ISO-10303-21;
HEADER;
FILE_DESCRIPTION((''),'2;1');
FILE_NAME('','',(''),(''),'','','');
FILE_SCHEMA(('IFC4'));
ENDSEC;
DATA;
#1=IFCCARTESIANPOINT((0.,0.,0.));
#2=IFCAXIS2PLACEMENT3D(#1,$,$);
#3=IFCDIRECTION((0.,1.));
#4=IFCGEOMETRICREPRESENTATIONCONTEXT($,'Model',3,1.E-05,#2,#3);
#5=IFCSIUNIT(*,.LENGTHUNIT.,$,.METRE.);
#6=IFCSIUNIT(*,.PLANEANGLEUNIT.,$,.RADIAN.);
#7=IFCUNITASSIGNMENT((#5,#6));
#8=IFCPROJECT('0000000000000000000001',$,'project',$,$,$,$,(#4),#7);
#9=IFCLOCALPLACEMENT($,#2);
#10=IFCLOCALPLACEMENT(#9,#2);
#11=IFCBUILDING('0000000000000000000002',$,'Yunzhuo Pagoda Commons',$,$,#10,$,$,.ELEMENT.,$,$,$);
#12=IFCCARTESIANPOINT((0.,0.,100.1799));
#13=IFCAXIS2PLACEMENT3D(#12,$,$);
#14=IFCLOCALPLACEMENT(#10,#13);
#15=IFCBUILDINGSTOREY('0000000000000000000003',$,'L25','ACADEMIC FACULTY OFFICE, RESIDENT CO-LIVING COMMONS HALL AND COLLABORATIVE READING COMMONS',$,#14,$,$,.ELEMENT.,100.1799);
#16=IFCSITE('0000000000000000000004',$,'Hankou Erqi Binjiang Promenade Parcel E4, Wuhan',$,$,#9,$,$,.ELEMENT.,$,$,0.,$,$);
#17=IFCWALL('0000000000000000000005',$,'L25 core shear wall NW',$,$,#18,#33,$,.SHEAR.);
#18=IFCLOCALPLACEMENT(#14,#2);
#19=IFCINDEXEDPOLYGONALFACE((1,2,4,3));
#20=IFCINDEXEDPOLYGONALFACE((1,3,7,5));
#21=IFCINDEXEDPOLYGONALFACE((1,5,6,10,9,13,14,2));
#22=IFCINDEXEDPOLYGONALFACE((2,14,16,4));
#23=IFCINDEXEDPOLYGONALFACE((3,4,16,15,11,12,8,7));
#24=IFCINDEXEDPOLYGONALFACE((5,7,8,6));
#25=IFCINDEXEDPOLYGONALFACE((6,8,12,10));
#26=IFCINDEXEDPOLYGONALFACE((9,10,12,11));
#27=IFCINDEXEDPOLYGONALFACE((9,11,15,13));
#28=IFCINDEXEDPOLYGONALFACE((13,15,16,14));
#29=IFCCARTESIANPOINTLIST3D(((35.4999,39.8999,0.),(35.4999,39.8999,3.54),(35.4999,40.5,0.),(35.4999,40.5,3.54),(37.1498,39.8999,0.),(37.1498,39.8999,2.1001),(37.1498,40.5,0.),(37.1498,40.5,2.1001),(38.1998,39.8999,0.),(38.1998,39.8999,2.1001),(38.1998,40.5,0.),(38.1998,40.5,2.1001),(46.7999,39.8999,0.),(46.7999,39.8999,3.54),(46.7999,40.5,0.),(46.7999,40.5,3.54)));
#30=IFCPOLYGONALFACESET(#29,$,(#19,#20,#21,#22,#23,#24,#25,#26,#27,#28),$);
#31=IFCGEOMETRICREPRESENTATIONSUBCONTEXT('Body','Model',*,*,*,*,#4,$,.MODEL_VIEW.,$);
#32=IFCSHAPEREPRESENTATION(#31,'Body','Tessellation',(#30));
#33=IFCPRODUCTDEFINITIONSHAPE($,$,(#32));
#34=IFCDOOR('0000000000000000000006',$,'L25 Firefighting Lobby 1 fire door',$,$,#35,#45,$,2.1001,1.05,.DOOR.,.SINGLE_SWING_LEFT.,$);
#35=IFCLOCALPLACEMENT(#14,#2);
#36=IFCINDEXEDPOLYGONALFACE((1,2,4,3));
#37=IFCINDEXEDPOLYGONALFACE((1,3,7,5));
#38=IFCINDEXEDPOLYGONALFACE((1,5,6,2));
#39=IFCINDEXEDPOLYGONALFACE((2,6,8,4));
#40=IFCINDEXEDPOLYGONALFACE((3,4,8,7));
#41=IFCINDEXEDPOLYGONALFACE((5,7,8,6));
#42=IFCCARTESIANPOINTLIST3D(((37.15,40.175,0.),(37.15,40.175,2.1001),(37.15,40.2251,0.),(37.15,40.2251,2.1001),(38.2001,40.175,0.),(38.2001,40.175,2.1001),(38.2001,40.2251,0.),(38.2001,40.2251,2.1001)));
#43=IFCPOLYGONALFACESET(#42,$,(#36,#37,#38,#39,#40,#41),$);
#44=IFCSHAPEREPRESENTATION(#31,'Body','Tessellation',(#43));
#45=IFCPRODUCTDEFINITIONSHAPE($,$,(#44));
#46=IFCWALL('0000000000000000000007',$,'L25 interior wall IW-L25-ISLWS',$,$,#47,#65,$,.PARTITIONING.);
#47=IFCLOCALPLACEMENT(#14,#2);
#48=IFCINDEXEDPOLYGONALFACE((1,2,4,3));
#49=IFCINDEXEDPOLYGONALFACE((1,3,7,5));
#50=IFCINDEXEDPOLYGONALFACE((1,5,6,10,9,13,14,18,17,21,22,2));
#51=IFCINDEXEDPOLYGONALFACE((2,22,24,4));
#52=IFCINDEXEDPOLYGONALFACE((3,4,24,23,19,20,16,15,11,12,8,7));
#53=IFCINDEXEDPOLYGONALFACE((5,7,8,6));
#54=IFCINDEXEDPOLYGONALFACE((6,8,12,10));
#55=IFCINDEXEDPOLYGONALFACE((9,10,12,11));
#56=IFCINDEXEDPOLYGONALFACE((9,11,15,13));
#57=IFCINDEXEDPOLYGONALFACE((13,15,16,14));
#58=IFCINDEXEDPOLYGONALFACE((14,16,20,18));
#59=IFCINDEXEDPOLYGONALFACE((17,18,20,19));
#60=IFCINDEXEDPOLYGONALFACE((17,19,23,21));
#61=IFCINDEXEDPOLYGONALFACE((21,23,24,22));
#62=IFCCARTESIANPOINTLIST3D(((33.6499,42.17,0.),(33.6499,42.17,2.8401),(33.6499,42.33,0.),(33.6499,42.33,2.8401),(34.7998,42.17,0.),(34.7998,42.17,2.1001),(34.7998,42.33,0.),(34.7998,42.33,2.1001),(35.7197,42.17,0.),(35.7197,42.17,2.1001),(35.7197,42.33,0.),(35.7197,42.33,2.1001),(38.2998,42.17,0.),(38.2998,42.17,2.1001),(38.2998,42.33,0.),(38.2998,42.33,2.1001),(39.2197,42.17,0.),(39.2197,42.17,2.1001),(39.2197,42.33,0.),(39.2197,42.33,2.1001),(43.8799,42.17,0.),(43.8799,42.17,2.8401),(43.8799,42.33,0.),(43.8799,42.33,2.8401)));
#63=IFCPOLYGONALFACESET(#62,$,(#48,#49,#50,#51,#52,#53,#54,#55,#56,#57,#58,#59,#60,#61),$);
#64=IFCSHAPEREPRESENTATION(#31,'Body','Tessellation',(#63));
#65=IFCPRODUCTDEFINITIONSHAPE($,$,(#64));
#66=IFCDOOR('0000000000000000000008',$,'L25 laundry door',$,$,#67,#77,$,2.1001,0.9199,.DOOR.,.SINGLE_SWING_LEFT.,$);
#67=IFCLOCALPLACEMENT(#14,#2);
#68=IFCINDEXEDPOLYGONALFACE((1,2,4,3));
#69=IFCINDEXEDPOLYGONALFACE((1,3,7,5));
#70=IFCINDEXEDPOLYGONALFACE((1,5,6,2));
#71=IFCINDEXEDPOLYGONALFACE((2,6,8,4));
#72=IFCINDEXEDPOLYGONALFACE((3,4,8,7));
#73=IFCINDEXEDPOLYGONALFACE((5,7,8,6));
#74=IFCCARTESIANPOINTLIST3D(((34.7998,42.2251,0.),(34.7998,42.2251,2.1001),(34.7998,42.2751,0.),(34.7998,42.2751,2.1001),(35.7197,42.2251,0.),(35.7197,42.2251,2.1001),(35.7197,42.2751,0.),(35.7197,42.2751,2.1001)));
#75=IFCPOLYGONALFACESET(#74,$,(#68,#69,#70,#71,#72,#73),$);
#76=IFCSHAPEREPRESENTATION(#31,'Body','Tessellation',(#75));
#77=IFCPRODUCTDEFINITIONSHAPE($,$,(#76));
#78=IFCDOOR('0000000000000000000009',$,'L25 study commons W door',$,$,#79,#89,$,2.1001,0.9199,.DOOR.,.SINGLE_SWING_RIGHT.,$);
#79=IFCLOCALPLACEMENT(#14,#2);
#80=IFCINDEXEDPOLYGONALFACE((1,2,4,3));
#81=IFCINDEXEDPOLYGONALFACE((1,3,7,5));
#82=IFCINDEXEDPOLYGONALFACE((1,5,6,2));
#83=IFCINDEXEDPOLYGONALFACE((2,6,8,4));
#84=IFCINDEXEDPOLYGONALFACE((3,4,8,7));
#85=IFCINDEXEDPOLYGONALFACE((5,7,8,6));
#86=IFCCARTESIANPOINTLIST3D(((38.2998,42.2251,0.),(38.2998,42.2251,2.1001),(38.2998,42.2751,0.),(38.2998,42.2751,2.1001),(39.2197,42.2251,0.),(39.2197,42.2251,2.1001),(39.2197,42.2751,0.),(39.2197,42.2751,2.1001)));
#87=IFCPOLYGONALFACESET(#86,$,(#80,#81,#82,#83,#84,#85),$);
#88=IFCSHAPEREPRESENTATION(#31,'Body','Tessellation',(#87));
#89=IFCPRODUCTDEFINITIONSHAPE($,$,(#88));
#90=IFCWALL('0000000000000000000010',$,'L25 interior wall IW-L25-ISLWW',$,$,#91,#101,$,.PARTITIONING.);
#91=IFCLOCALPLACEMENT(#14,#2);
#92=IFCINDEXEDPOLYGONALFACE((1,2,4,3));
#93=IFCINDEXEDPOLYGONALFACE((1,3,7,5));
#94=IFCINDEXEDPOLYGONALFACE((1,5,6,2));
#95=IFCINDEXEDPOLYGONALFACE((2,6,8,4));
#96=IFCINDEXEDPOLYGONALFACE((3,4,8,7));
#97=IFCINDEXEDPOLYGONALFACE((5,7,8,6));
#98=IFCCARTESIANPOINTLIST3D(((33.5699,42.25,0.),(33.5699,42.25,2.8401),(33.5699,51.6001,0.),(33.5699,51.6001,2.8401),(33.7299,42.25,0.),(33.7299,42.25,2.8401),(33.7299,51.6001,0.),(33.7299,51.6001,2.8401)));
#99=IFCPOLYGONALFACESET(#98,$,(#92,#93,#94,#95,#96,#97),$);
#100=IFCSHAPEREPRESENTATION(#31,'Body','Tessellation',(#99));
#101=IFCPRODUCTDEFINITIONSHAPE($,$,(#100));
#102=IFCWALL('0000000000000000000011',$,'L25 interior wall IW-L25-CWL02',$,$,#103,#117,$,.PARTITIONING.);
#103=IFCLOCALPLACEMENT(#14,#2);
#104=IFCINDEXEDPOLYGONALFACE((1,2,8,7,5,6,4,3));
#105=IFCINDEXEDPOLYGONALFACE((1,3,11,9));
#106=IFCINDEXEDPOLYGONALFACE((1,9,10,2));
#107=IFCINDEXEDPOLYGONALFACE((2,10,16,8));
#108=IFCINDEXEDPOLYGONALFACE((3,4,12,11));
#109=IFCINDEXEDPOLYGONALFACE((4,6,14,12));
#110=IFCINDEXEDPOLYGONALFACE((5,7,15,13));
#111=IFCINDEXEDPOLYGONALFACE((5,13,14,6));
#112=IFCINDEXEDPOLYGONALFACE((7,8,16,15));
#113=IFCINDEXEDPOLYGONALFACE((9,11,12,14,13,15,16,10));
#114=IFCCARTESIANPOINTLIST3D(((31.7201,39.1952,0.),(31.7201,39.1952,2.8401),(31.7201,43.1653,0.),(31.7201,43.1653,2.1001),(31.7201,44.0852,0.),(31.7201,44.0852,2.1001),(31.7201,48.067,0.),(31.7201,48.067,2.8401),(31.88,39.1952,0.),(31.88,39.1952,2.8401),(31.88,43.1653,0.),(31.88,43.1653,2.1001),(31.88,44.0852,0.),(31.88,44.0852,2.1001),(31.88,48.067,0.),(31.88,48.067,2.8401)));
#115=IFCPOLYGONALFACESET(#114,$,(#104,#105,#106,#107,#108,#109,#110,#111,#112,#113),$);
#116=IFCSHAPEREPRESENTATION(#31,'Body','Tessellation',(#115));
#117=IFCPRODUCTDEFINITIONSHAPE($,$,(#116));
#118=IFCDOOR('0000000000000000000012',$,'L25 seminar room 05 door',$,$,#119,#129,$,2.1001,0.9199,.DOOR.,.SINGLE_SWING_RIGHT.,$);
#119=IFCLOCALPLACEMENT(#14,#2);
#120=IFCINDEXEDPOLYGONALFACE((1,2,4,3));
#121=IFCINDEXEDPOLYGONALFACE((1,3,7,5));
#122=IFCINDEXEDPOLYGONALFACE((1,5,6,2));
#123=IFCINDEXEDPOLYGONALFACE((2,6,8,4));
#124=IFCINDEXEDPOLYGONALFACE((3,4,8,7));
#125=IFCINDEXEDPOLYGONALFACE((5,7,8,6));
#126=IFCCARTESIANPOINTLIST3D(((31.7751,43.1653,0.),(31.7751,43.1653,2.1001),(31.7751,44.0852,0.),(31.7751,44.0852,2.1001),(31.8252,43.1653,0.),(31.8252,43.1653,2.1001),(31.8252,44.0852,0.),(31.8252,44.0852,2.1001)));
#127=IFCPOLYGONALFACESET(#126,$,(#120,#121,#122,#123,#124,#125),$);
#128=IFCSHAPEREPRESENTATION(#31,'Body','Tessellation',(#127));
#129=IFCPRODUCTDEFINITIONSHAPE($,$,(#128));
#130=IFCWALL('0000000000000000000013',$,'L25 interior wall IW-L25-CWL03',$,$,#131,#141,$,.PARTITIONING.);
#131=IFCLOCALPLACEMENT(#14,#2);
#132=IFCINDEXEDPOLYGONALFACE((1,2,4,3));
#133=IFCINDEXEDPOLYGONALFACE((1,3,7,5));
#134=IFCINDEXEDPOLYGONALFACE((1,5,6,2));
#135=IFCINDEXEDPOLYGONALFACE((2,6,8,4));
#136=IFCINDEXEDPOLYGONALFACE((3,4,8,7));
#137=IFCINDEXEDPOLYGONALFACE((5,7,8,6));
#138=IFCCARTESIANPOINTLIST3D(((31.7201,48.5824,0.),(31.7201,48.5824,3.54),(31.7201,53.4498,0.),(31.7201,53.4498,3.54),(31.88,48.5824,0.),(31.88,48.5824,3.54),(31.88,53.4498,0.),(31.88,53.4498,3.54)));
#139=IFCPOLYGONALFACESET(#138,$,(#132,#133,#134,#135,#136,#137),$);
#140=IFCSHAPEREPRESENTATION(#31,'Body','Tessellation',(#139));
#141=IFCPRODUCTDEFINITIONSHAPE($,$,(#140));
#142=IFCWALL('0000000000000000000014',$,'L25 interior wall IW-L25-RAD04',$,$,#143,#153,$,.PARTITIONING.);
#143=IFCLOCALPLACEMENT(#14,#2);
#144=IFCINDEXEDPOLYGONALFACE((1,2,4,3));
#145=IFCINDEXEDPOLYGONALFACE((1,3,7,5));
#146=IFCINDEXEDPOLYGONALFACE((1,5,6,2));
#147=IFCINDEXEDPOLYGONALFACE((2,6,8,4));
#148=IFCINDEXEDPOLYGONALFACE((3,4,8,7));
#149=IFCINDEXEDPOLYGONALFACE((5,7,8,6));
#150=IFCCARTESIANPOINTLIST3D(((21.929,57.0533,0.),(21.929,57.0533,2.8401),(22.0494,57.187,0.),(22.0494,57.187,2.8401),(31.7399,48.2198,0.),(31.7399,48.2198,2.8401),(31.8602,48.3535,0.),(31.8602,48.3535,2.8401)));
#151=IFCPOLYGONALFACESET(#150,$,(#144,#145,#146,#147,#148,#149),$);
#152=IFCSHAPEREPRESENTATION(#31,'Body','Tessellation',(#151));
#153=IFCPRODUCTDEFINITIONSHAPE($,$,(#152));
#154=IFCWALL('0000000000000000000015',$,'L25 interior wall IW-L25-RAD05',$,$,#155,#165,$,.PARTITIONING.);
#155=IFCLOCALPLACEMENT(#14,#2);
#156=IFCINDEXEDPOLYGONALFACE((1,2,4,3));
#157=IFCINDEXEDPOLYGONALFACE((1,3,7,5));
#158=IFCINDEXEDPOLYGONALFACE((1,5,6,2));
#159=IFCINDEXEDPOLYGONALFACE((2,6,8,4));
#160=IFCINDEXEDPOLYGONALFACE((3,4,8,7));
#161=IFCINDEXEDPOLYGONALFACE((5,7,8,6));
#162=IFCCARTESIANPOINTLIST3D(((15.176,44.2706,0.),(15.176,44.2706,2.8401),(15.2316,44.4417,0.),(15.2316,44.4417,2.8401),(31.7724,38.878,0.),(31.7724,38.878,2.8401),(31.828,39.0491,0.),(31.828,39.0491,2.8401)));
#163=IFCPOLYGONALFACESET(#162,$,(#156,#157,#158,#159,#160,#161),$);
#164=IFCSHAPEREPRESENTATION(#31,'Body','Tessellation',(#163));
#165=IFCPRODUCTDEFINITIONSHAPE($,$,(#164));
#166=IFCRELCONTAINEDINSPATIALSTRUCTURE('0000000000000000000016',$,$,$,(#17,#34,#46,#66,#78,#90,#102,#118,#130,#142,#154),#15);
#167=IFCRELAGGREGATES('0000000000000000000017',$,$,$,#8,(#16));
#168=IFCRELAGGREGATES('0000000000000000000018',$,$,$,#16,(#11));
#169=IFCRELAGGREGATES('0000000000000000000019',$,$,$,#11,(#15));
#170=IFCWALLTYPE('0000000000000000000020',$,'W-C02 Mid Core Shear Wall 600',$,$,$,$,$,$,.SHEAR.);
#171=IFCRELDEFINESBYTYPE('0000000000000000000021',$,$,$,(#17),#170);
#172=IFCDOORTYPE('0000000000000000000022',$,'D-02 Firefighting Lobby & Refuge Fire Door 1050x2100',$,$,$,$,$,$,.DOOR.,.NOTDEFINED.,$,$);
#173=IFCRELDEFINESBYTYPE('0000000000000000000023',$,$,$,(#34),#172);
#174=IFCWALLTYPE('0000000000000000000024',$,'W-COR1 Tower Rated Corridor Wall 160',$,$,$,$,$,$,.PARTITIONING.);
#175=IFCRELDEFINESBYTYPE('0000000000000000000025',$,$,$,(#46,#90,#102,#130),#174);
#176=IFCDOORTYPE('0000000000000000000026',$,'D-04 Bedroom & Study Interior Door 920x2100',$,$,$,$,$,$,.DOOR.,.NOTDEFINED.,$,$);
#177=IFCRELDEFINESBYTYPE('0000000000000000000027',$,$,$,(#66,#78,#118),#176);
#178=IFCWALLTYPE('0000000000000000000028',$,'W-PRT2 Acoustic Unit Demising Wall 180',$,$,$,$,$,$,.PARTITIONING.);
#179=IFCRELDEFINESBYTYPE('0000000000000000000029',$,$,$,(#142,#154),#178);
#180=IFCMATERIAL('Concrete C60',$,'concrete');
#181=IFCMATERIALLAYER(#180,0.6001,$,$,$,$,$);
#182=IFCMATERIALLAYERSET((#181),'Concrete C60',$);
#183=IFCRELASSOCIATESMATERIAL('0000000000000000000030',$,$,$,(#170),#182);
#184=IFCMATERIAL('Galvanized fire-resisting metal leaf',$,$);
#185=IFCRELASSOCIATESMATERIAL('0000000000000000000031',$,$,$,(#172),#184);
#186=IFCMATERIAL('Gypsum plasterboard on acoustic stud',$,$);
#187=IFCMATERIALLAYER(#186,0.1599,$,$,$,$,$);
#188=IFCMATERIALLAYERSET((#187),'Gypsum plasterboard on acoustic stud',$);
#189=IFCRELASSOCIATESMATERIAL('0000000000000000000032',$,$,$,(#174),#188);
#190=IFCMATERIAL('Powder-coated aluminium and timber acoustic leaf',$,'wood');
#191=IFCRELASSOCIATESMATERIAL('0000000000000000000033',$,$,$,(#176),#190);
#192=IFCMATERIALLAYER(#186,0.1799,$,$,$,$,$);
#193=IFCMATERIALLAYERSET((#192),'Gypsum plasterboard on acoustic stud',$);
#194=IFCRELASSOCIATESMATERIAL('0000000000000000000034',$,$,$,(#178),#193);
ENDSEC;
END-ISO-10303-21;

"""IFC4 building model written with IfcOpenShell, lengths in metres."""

from ifc_helpers import new_model, si_unit, direction, frame, frame_2d, origin, origin_with_axes, place, context, subcontext, project, spatial, rectangle, extrude, source, transform, mapped, material, layer, layer_set, type_object, element, fill, save


model = new_model("IFC4")

# Units and contexts
model_context = context("Model", 3, precision=1e-05, world=origin(), true_north=direction((0.0, 1.0)))
body_context = subcontext(model_context, "Body", "Model", "MODEL_VIEW")
ifc_project = project(units=[si_unit("LENGTHUNIT", "METRE"), si_unit("PLANEANGLEUNIT", "RADIAN")], contexts=[model_context])

# Site, building, storey
site_placement = place(None, origin())
site = spatial("IfcSite", under=ifc_project, at=site_placement, Name="Hankou Erqi Binjiang Promenade Parcel E4, Wuhan", CompositionType="ELEMENT", RefElevation=0.0)
building_placement = place(site_placement, origin())
building = spatial("IfcBuilding", under=site, at=building_placement, Name="Yunzhuo Pagoda Commons", CompositionType="ELEMENT")
storey_placement = place(building_placement, frame((0.0, 0.0, 100.1799)))
storey = spatial("IfcBuildingStorey", under=building, at=storey_placement, Name="L25", Description="ACADEMIC FACULTY OFFICE, RESIDENT CO-LIVING COMMONS HALL AND COLLABORATIVE READING COMMONS", CompositionType="ELEMENT", Elevation=100.1799)

# Wall, opening, door
ifc_material_1 = material(Name="Concrete C60", Category="concrete")
ifc_layer_1 = layer(ifc_material_1, 0.6001)
ifc_layer_set_1 = layer_set([ifc_layer_1], Name="Concrete C60")
wall_type_1 = type_object("IfcWallType", Name="W-C02 Mid Core Shear Wall 600", PredefinedType="SHEAR", material=ifc_layer_set_1)
wall_1_placement = place(storey_placement, frame((35.5, 40.2, 0.0), z_axis=(0.0, 0.0, 1.0), x_axis=(1.0, 0.0, 0.0)))
wall_1 = element("IfcWall", 1, at=wall_1_placement, inside=storey, type_object=wall_type_1, Name="L25 core shear wall NW", PredefinedType="SHEAR", context=body_context, shape_type="SweptSolid", body=[
    extrude(rectangle(XDim=11.3, YDim=0.6001, at=frame_2d((5.6499, 0.0))), origin(), (0.0, 0.0, 1.0), 3.54),
])
opening_1_placement = place(wall_1_placement, frame((1.6499, 0.0, 0.0)))
opening_1 = element("IfcOpeningElement", 2, at=opening_1_placement, cuts=wall_1, PredefinedType="OPENING", context=body_context, shape_type="SweptSolid", body=[
    extrude(rectangle(XDim=1.05, YDim=2.1001, at=frame_2d((0.5249, 1.05))), frame((0.0, 0.3101, 0.0), z_axis=(0.0, -1.0, 0.0), x_axis=(1.0, 0.0, 0.0)), (0.0, 0.0, 1.0), 0.6201),
])
ifc_material_2 = material(Name="Galvanized fire-resisting metal leaf")
door_type_1 = type_object("IfcDoorType", Name="D-02 Firefighting Lobby & Refuge Fire Door 1050x2100", OperationType="NOTDEFINED", PredefinedType="DOOR", material=ifc_material_2)
shared_shape_1 = source(origin(), body_context, "Body", "SweptSolid", [
    extrude(rectangle(XDim=1.05, YDim=2.1001, at=frame_2d((0.5249, 1.05))), frame((0.0, 0.0249, 0.0), z_axis=(0.0, -1.0, 0.0), x_axis=(1.0, 0.0, 0.0)), (0.0, 0.0, 1.0), 0.05),
])
door_1_placement = place(opening_1_placement, frame((1.05, 0.0, 0.0), z_axis=(0.0, 0.0, 1.0), x_axis=(-1.0, 0.0, 0.0)))
door_1 = element("IfcDoor", 3, at=door_1_placement, inside=storey, type_object=door_type_1, Name="L25 Firefighting Lobby 1 fire door", OperationType="SINGLE_SWING_LEFT", OverallHeight=2.1001, OverallWidth=1.05, PredefinedType="DOOR", context=body_context, shape_type="MappedRepresentation", body=[
    mapped(shared_shape_1, transform((0.0, 0.0, 0.0), scale=1.0)),
])
fill(opening_1, door_1)

# Wall, openings, doors
ifc_material_3 = material(Name="Gypsum plasterboard on acoustic stud")
ifc_layer_2 = layer(ifc_material_3, 0.1599)
ifc_layer_set_2 = layer_set([ifc_layer_2], Name="Gypsum plasterboard on acoustic stud")
wall_type_2 = type_object("IfcWallType", Name="W-COR1 Tower Rated Corridor Wall 160", PredefinedType="PARTITIONING", material=ifc_layer_set_2)
wall_2_placement = place(storey_placement, frame((33.6499, 42.25, 0.0), z_axis=(0.0, 0.0, 1.0), x_axis=(1.0, 0.0, 0.0)))
wall_2 = element("IfcWall", 4, at=wall_2_placement, inside=storey, type_object=wall_type_2, Name="L25 interior wall IW-L25-ISLWS", PredefinedType="PARTITIONING", context=body_context, shape_type="SweptSolid", body=[
    extrude(rectangle(XDim=10.23, YDim=0.1599, at=frame_2d((5.115, 0.0))), origin(), (0.0, 0.0, 1.0), 2.8401),
])
opening_2_placement = place(wall_2_placement, frame((1.1499, 0.0, 0.0)))
opening_2 = element("IfcOpeningElement", 5, at=opening_2_placement, cuts=wall_2, PredefinedType="OPENING", context=body_context, shape_type="SweptSolid", body=[
    extrude(rectangle(XDim=0.9199, YDim=2.1001, at=frame_2d((0.46, 1.05))), frame((0.0, 0.0898, 0.0), z_axis=(0.0, -1.0, 0.0), x_axis=(1.0, 0.0, 0.0)), (0.0, 0.0, 1.0), 0.1799),
])
opening_3_placement = place(wall_2_placement, frame((4.6499, 0.0, 0.0)))
opening_3 = element("IfcOpeningElement", 6, at=opening_3_placement, cuts=wall_2, PredefinedType="OPENING", context=body_context, shape_type="SweptSolid", body=[
    extrude(rectangle(XDim=0.9199, YDim=2.1001, at=frame_2d((0.46, 1.05))), frame((0.0, 0.0898, 0.0), z_axis=(0.0, -1.0, 0.0), x_axis=(1.0, 0.0, 0.0)), (0.0, 0.0, 1.0), 0.1799),
])
ifc_material_4 = material(Name="Powder-coated aluminium and timber acoustic leaf", Category="wood")
door_type_2 = type_object("IfcDoorType", Name="D-04 Bedroom & Study Interior Door 920x2100", OperationType="NOTDEFINED", PredefinedType="DOOR", material=ifc_material_4)
shared_shape_2 = source(origin(), body_context, "Body", "SweptSolid", [
    extrude(rectangle(XDim=0.9199, YDim=2.1001, at=frame_2d((0.46, 1.05))), frame((0.0, 0.0249, 0.0), z_axis=(0.0, -1.0, 0.0), x_axis=(1.0, 0.0, 0.0)), (0.0, 0.0, 1.0), 0.05),
])
door_2_placement = place(opening_2_placement, frame((0.9199, 0.0, 0.0), z_axis=(0.0, 0.0, 1.0), x_axis=(-1.0, 0.0, 0.0)))
door_2 = element("IfcDoor", 7, at=door_2_placement, inside=storey, type_object=door_type_2, Name="L25 laundry door", OperationType="SINGLE_SWING_LEFT", OverallHeight=2.1001, OverallWidth=0.9199, PredefinedType="DOOR", context=body_context, shape_type="MappedRepresentation", body=[
    mapped(shared_shape_2, transform((0.0, 0.0, 0.0), scale=1.0)),
])
fill(opening_2, door_2)
door_3_placement = place(opening_3_placement, frame((0.9199, 0.0, 0.0), z_axis=(0.0, 0.0, 1.0), x_axis=(-1.0, 0.0, 0.0)))
door_3 = element("IfcDoor", 8, at=door_3_placement, inside=storey, type_object=door_type_2, Name="L25 study commons W door", OperationType="SINGLE_SWING_RIGHT", OverallHeight=2.1001, OverallWidth=0.9199, PredefinedType="DOOR", context=body_context, shape_type="MappedRepresentation", body=[
    mapped(shared_shape_2, transform((0.0, 0.0, 0.0), scale=1.0)),
])
fill(opening_3, door_3)

# Wall
wall_3_placement = place(storey_placement, frame((33.6499, 42.25, 0.0), z_axis=(0.0, 0.0, 1.0), x_axis=(0.0, 1.0, 0.0)))
element("IfcWall", 9, at=wall_3_placement, inside=storey, type_object=wall_type_2, Name="L25 interior wall IW-L25-ISLWW", PredefinedType="PARTITIONING", context=body_context, shape_type="SweptSolid", body=[
    extrude(rectangle(XDim=9.3501, YDim=0.1599, at=frame_2d((4.675, 0.0))), origin(), (0.0, 0.0, 1.0), 2.8401),
])

# Wall, opening, door
wall_4_placement = place(storey_placement, frame((31.8, 39.1951, 0.0), z_axis=(0.0, 0.0, 1.0), x_axis=(0.0, 1.0, 0.0)))
wall_4 = element("IfcWall", 10, at=wall_4_placement, inside=storey, type_object=wall_type_2, Name="L25 interior wall IW-L25-CWL02", PredefinedType="PARTITIONING", context=body_context, shape_type="SweptSolid", body=[
    extrude(rectangle(XDim=8.8718, YDim=0.1599, at=frame_2d((4.436, 0.0))), origin(), (0.0, 0.0, 1.0), 2.8401),
])
opening_4_placement = place(wall_4_placement, frame((3.9702, 0.0, 0.0)))
opening_4 = element("IfcOpeningElement", 11, at=opening_4_placement, cuts=wall_4, PredefinedType="OPENING", context=body_context, shape_type="SweptSolid", body=[
    extrude(rectangle(XDim=0.9199, YDim=2.1001, at=frame_2d((0.46, 1.05))), frame((0.0, 0.0898, 0.0), z_axis=(0.0, -1.0, 0.0), x_axis=(1.0, 0.0, 0.0)), (0.0, 0.0, 1.0), 0.1799),
])
door_4_placement = place(opening_4_placement, origin_with_axes())
door_4 = element("IfcDoor", 12, at=door_4_placement, inside=storey, type_object=door_type_2, Name="L25 seminar room 05 door", OperationType="SINGLE_SWING_RIGHT", OverallHeight=2.1001, OverallWidth=0.9199, PredefinedType="DOOR", context=body_context, shape_type="MappedRepresentation", body=[
    mapped(shared_shape_2, transform((0.0, 0.0, 0.0), scale=1.0)),
])
fill(opening_4, door_4)

# Walls
wall_5_placement = place(storey_placement, frame((31.8, 48.5825, 0.0), z_axis=(0.0, 0.0, 1.0), x_axis=(0.0, 1.0, 0.0)))
element("IfcWall", 13, at=wall_5_placement, inside=storey, type_object=wall_type_2, Name="L25 interior wall IW-L25-CWL03", PredefinedType="PARTITIONING", context=body_context, shape_type="SweptSolid", body=[
    extrude(rectangle(XDim=4.8674, YDim=0.1599, at=frame_2d((2.4336, 0.0))), origin(), (0.0, 0.0, 1.0), 3.54),
])
ifc_layer_3 = layer(ifc_material_3, 0.1799)
ifc_layer_set_3 = layer_set([ifc_layer_3], Name="Gypsum plasterboard on acoustic stud")
wall_type_3 = type_object("IfcWallType", Name="W-PRT2 Acoustic Unit Demising Wall 180", PredefinedType="PARTITIONING", material=ifc_layer_set_3)
wall_6_placement = place(storey_placement, frame((31.8, 48.2866, 0.0), z_axis=(0.0, 0.0, 1.0), x_axis=(-0.743152, 0.669123, 0.0)))
element("IfcWall", 14, at=wall_6_placement, inside=storey, type_object=wall_type_3, Name="L25 interior wall IW-L25-RAD04", PredefinedType="PARTITIONING", context=body_context, shape_type="SweptSolid", body=[
    extrude(rectangle(XDim=13.2017, YDim=0.1799, at=frame_2d((6.6008, 0.0))), origin(), (0.0, 0.0, 1.0), 2.8401),
])
wall_7_placement = place(storey_placement, frame((31.8, 38.9636, 0.0), z_axis=(0.0, 0.0, 1.0), x_axis=(-0.951055, 0.309021, 0.0)))
element("IfcWall", 15, at=wall_7_placement, inside=storey, type_object=wall_type_3, Name="L25 interior wall IW-L25-RAD05", PredefinedType="PARTITIONING", context=body_context, shape_type="SweptSolid", body=[
    extrude(rectangle(XDim=17.4504, YDim=0.1799, at=frame_2d((8.7251, 0.0))), origin(), (0.0, 0.0, 1.0), 2.8401),
])

save(model, "model.ifc")
